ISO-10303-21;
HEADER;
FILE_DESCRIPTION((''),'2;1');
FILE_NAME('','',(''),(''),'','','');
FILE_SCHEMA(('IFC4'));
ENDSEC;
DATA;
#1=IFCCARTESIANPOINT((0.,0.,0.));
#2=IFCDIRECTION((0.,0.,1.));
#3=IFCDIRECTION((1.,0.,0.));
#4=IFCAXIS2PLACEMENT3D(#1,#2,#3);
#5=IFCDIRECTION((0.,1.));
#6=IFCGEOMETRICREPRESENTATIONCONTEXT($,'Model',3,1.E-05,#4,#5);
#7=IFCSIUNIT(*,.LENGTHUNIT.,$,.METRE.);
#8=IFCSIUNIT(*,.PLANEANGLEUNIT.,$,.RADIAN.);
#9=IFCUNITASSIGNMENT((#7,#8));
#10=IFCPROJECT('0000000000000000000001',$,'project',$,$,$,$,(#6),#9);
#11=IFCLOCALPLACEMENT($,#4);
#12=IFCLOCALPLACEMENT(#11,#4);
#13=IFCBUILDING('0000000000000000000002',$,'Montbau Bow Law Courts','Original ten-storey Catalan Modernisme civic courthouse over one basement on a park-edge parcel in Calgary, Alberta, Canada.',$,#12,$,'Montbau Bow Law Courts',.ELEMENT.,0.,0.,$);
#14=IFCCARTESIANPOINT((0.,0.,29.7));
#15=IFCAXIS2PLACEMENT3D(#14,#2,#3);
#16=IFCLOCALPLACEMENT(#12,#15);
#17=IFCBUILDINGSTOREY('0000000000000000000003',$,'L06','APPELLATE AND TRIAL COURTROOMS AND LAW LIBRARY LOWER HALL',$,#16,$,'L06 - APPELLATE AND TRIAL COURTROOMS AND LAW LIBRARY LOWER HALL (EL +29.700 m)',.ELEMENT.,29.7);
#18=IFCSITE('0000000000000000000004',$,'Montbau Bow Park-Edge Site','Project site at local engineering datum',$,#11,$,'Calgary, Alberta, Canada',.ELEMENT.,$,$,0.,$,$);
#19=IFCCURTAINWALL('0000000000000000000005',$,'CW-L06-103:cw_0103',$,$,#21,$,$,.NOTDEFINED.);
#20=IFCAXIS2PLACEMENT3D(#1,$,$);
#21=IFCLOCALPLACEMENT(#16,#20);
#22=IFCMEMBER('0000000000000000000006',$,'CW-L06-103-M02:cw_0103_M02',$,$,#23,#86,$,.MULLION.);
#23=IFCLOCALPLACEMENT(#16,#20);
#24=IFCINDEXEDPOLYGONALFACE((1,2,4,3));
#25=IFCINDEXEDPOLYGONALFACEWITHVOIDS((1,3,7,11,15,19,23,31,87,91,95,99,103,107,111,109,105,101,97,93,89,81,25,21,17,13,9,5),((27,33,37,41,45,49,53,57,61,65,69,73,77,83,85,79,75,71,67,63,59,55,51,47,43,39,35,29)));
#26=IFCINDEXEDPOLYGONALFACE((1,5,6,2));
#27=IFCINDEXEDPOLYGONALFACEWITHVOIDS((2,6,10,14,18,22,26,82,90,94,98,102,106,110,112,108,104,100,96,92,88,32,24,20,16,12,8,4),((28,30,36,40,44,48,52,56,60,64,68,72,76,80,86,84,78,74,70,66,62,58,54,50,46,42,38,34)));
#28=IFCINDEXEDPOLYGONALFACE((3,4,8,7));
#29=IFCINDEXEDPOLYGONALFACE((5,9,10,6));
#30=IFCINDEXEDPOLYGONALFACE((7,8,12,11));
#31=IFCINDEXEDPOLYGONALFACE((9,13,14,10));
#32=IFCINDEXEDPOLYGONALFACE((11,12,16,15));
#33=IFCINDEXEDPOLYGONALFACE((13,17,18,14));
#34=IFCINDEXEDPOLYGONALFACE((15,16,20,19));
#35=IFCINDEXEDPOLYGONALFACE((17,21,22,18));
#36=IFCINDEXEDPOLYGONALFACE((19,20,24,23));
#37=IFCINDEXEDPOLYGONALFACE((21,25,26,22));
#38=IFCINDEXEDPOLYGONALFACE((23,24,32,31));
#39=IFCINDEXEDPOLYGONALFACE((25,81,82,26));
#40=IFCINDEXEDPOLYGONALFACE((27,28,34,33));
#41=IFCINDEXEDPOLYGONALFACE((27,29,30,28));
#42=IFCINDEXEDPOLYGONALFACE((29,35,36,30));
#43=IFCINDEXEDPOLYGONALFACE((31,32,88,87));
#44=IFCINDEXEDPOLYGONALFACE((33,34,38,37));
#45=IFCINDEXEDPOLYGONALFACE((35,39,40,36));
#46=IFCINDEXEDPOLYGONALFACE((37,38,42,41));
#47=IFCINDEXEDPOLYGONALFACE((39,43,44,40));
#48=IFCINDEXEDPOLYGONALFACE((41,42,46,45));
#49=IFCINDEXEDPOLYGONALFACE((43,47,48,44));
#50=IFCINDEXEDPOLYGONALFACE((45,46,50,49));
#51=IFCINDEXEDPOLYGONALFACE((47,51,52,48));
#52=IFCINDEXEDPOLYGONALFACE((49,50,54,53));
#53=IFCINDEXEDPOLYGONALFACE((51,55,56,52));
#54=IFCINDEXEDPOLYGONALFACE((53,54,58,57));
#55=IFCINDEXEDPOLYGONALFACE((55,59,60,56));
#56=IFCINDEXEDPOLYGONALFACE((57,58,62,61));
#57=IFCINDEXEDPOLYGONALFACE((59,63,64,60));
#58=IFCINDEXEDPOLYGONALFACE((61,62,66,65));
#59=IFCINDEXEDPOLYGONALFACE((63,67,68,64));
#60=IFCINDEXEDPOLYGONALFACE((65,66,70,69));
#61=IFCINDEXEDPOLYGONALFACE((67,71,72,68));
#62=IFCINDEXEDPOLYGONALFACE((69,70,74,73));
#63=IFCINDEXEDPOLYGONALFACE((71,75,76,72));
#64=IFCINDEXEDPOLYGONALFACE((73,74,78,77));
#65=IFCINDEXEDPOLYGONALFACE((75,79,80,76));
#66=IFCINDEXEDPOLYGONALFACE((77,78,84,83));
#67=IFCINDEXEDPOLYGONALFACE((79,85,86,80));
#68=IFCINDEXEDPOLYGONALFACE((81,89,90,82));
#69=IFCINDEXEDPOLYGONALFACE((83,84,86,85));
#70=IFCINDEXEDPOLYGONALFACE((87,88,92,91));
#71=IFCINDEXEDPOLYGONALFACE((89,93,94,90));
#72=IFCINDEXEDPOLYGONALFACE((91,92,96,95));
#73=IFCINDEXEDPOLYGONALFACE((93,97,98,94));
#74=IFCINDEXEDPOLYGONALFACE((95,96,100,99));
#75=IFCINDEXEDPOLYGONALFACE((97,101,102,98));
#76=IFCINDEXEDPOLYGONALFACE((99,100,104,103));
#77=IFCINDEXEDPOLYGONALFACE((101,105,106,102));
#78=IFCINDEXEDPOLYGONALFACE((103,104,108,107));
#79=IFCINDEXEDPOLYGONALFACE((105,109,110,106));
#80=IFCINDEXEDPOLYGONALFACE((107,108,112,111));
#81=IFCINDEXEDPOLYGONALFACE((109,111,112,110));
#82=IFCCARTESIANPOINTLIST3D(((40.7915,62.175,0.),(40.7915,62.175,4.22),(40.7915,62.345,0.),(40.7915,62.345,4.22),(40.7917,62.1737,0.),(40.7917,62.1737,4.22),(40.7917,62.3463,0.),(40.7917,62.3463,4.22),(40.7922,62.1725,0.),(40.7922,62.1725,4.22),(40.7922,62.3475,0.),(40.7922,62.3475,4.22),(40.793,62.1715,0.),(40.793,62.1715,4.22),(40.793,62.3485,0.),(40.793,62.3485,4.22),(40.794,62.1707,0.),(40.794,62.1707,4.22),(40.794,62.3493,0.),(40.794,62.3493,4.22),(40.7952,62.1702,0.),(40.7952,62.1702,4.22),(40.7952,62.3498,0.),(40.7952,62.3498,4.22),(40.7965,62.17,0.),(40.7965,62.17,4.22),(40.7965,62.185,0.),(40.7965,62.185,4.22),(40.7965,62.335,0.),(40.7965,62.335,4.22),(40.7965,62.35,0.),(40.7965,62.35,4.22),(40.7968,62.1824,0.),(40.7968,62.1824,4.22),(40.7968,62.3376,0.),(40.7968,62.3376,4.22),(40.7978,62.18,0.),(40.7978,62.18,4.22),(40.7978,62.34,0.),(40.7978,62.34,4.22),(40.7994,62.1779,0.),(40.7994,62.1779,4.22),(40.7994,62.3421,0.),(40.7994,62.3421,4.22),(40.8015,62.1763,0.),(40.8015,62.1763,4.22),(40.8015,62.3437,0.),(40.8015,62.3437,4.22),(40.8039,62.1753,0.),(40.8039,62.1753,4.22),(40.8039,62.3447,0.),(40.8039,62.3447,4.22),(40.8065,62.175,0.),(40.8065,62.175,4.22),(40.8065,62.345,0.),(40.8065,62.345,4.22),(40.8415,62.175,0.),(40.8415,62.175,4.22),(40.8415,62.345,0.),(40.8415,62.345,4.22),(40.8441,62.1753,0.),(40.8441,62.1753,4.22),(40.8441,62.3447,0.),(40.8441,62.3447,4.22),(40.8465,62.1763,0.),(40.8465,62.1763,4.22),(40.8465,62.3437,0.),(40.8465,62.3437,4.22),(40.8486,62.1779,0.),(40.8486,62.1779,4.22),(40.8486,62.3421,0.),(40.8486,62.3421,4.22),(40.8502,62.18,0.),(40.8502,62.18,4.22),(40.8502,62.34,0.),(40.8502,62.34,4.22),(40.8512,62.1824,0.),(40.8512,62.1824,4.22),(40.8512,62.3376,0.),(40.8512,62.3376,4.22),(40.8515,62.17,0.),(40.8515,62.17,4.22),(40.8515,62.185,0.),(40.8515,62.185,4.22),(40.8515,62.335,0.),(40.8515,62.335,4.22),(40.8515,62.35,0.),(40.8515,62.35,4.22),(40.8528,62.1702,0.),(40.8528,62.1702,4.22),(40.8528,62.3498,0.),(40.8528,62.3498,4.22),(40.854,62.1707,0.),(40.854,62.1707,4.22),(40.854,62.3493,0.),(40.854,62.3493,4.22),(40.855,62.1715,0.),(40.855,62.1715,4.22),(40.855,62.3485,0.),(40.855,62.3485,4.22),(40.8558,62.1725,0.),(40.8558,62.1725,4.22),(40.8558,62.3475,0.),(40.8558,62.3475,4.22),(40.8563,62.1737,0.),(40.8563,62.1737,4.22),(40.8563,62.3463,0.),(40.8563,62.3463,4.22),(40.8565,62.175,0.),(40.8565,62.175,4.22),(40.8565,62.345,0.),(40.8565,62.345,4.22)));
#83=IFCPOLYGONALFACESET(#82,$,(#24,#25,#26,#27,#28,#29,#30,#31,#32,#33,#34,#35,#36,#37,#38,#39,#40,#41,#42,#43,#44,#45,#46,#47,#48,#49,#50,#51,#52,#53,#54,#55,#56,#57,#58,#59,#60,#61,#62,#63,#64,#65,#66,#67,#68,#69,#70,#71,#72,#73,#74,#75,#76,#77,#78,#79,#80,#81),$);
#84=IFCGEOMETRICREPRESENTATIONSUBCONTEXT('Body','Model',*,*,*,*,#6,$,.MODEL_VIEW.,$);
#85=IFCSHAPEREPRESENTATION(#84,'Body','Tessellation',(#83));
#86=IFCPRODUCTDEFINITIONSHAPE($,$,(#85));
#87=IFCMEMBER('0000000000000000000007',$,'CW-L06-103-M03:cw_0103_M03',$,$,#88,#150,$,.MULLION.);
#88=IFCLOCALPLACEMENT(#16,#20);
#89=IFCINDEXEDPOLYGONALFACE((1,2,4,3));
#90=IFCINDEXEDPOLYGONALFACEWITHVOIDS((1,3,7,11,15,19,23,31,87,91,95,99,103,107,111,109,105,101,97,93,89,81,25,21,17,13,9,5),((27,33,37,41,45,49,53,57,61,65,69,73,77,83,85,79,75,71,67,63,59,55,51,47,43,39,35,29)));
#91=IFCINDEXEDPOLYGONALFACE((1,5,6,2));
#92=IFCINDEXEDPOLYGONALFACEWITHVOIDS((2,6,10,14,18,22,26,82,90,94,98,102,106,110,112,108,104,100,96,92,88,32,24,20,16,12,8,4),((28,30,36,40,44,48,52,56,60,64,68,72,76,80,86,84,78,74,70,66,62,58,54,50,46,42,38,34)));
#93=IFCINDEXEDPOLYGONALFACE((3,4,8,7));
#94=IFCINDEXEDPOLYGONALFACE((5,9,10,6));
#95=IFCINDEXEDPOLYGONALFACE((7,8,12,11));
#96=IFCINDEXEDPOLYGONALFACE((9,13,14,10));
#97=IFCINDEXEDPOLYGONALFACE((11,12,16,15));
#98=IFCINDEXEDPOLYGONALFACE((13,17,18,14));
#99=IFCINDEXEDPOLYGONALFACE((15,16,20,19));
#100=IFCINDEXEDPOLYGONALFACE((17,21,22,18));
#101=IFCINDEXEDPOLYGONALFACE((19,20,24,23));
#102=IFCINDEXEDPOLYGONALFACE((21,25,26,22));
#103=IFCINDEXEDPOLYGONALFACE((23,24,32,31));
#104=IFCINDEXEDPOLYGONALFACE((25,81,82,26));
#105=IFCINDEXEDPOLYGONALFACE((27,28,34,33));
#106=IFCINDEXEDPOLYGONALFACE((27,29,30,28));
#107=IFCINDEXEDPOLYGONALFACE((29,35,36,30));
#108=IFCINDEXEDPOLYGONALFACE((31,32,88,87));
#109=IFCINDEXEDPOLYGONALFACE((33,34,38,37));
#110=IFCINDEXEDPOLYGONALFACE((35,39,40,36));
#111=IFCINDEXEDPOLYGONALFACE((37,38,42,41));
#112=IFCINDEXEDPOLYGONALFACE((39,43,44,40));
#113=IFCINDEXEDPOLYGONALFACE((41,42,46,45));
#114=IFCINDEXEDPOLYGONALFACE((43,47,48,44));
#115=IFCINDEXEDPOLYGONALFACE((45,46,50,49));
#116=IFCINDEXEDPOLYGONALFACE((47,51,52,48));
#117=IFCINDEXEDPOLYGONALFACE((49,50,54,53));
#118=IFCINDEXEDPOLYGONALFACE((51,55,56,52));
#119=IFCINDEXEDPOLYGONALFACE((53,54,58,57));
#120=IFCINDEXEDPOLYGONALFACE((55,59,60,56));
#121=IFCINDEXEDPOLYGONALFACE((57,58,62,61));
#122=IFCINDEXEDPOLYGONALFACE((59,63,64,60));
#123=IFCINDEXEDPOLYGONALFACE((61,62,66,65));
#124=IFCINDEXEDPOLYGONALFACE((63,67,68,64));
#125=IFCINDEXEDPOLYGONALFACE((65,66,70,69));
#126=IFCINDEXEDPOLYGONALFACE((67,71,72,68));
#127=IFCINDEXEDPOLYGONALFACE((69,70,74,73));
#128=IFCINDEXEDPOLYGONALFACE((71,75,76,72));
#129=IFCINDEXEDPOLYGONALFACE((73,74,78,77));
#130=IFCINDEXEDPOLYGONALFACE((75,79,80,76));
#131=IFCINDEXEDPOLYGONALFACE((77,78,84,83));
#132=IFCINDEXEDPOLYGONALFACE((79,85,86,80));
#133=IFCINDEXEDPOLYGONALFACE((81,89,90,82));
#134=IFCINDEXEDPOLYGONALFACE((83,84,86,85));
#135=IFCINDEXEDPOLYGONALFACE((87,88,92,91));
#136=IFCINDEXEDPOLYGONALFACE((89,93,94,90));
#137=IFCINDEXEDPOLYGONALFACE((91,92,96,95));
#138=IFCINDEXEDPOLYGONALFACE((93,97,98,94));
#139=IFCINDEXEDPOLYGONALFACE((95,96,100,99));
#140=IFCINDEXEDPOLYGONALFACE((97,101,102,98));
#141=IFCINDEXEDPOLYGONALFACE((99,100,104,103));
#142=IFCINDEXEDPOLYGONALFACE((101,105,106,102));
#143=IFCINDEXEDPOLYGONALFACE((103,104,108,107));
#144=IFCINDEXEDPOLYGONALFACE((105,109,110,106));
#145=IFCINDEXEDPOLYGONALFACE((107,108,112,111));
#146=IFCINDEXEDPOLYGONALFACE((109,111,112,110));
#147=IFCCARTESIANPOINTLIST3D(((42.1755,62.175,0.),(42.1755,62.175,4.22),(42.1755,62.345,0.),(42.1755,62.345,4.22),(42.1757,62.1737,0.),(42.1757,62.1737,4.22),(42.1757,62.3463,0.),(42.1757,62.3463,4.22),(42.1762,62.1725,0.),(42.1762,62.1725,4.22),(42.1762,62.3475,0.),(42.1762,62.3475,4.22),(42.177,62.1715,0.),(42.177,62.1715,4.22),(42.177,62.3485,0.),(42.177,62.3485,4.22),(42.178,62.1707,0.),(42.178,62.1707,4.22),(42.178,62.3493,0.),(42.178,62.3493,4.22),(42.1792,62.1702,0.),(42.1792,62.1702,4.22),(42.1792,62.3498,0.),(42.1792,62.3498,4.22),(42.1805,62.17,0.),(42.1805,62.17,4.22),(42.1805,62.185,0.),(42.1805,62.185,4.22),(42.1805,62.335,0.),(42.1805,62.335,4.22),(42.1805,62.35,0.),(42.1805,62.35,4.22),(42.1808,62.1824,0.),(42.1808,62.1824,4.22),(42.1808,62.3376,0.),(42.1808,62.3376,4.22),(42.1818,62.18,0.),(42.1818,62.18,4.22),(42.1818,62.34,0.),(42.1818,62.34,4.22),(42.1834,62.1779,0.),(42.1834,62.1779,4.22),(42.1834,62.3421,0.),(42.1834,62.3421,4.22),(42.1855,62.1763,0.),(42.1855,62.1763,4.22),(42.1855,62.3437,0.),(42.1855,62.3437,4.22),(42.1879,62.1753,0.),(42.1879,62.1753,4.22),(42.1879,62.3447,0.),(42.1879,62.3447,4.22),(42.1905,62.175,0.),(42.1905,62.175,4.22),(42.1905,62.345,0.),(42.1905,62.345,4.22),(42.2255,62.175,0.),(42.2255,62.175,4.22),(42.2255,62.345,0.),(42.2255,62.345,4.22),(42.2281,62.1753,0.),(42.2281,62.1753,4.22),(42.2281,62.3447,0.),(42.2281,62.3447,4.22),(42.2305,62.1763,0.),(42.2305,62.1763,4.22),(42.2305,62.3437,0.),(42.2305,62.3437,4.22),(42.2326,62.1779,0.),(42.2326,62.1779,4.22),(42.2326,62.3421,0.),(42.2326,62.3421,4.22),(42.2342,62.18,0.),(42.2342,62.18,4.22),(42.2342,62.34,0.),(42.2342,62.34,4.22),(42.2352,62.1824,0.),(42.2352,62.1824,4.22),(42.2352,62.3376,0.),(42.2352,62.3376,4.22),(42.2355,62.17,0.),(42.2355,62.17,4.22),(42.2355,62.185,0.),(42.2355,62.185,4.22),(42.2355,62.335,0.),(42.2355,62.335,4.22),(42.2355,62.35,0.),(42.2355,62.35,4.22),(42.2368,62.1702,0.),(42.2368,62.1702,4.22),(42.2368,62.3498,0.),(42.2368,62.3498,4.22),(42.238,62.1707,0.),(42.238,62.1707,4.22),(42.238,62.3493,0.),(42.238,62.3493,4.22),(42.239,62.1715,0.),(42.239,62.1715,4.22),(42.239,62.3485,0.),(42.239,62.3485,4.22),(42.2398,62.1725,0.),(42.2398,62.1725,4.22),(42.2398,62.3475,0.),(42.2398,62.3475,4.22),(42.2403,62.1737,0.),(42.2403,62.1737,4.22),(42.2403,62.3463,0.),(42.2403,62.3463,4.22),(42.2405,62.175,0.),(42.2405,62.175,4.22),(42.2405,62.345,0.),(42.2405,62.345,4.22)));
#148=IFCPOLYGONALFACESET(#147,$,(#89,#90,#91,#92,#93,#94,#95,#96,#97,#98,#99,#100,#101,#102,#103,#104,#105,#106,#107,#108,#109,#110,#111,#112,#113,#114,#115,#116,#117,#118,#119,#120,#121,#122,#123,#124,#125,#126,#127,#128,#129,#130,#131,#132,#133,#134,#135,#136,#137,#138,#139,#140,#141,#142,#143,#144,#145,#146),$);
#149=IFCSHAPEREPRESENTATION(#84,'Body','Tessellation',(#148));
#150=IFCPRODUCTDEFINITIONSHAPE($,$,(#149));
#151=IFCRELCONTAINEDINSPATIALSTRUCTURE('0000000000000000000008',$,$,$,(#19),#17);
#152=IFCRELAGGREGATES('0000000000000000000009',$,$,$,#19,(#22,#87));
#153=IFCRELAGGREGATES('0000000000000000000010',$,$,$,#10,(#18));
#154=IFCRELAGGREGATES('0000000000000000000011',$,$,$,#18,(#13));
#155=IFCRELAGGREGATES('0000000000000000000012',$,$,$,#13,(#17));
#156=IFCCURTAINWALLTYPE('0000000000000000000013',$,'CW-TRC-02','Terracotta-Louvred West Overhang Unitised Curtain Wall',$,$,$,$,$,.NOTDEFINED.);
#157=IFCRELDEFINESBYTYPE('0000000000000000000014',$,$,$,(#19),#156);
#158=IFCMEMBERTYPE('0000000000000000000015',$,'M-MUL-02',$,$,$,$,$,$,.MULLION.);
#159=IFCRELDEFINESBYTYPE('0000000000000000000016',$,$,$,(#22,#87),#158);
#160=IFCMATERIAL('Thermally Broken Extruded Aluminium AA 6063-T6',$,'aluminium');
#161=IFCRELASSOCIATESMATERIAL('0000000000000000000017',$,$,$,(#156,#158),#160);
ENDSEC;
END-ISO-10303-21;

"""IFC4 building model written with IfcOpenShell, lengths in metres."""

from ifc_helpers import new_model, si_unit, direction, frame, origin_with_axes, origin_2d_with_axis, place, context, subcontext, project, spatial, hollow_rectangle, extrude, material, material_profile, profile_set, type_object, element, aggregate, save


model = new_model("IFC4")

# Units and contexts
model_context = context("Model", 3, precision=1e-05, world=origin_with_axes(), true_north=direction((0.0, 1.0)))
body_context = subcontext(model_context, "Body", "Model", "MODEL_VIEW")
ifc_project = project(units=[si_unit("LENGTHUNIT", "METRE"), si_unit("PLANEANGLEUNIT", "RADIAN")], contexts=[model_context])

# Site, building, storey
site_placement = place(None, origin_with_axes())
site = spatial("IfcSite", under=ifc_project, at=site_placement, Name="Montbau Bow Park-Edge Site", Description="Project site at local engineering datum", LongName="Calgary, Alberta, Canada", CompositionType="ELEMENT", RefElevation=0.0)
building_placement = place(site_placement, origin_with_axes())
building = spatial("IfcBuilding", under=site, at=building_placement, Name="Montbau Bow Law Courts", Description="Original ten-storey Catalan Modernisme civic courthouse over one basement on a park-edge parcel in Calgary, Alberta, Canada.", LongName="Montbau Bow Law Courts", CompositionType="ELEMENT", ElevationOfRefHeight=0.0, ElevationOfTerrain=0.0)
storey_placement = place(building_placement, frame((0.0, 0.0, 29.7), z_axis=(0.0, 0.0, 1.0), x_axis=(1.0, 0.0, 0.0)))
storey = spatial("IfcBuildingStorey", under=building, at=storey_placement, Name="L06", Description="APPELLATE AND TRIAL COURTROOMS AND LAW LIBRARY LOWER HALL", LongName="L06 - APPELLATE AND TRIAL COURTROOMS AND LAW LIBRARY LOWER HALL (EL +29.700 m)", CompositionType="ELEMENT", Elevation=29.7)

# Curtain wall, members
ifc_material_1 = material(Name="Thermally Broken Extruded Aluminium AA 6063-T6", Category="aluminium")
curtain_wall_type = type_object("IfcCurtainWallType", Name="CW-TRC-02", Description="Terracotta-Louvred West Overhang Unitised Curtain Wall", PredefinedType="NOTDEFINED", material=ifc_material_1)
curtain_wall_placement = place(None, frame((39.44, 62.26, 29.7), z_axis=(0.0, 0.0, 1.0), x_axis=(1.0, 0.0, 0.0)))
curtain_wall = element("IfcCurtainWall", 1, at=curtain_wall_placement, inside=storey, type_object=curtain_wall_type, Name="CW-L06-103:cw_0103", PredefinedType="NOTDEFINED")
ifc_material_profile_1 = material_profile(ifc_material_1, hollow_rectangle(XDim=0.065, YDim=0.18, WallThickness=0.005, InnerFilletRadius=0.01, OuterFilletRadius=0.005, at=origin_2d_with_axis()), Name="CWM-180X65", Category="Main", Priority=0)
ifc_profile_set_1 = profile_set([ifc_material_profile_1], Name="Thermally Broken Extruded Aluminium AA 6063-T6")
member_type_1 = type_object("IfcMemberType", Name="M-MUL-02", PredefinedType="MULLION", material=ifc_profile_set_1)
member_1_placement = place(None, frame((40.824, 62.26, 29.7), z_axis=(0.0, 0.0, 1.0), x_axis=(1.0, 0.0, 0.0)))
member_1 = element("IfcMember", 2, at=member_1_placement, type_object=member_type_1, Name="CW-L06-103-M02:cw_0103_M02", PredefinedType="MULLION", context=body_context, shape_type="SweptSolid", body=[
    extrude(hollow_rectangle(XDim=0.065, YDim=0.18, WallThickness=0.005, InnerFilletRadius=0.01, OuterFilletRadius=0.005, at=origin_2d_with_axis()), origin_with_axes(), (0.0, 0.0, 1.0), 4.22),
])
member_2_placement = place(None, frame((42.208, 62.26, 29.7), z_axis=(0.0, 0.0, 1.0), x_axis=(1.0, 0.0, 0.0)))
member_2 = element("IfcMember", 3, at=member_2_placement, type_object=member_type_1, Name="CW-L06-103-M03:cw_0103_M03", PredefinedType="MULLION", context=body_context, shape_type="SweptSolid", body=[
    extrude(hollow_rectangle(XDim=0.065, YDim=0.18, WallThickness=0.005, InnerFilletRadius=0.01, OuterFilletRadius=0.005, at=origin_2d_with_axis()), origin_with_axes(), (0.0, 0.0, 1.0), 4.22),
])
aggregate(curtain_wall, [member_1, member_2])

save(model, "model.ifc")
